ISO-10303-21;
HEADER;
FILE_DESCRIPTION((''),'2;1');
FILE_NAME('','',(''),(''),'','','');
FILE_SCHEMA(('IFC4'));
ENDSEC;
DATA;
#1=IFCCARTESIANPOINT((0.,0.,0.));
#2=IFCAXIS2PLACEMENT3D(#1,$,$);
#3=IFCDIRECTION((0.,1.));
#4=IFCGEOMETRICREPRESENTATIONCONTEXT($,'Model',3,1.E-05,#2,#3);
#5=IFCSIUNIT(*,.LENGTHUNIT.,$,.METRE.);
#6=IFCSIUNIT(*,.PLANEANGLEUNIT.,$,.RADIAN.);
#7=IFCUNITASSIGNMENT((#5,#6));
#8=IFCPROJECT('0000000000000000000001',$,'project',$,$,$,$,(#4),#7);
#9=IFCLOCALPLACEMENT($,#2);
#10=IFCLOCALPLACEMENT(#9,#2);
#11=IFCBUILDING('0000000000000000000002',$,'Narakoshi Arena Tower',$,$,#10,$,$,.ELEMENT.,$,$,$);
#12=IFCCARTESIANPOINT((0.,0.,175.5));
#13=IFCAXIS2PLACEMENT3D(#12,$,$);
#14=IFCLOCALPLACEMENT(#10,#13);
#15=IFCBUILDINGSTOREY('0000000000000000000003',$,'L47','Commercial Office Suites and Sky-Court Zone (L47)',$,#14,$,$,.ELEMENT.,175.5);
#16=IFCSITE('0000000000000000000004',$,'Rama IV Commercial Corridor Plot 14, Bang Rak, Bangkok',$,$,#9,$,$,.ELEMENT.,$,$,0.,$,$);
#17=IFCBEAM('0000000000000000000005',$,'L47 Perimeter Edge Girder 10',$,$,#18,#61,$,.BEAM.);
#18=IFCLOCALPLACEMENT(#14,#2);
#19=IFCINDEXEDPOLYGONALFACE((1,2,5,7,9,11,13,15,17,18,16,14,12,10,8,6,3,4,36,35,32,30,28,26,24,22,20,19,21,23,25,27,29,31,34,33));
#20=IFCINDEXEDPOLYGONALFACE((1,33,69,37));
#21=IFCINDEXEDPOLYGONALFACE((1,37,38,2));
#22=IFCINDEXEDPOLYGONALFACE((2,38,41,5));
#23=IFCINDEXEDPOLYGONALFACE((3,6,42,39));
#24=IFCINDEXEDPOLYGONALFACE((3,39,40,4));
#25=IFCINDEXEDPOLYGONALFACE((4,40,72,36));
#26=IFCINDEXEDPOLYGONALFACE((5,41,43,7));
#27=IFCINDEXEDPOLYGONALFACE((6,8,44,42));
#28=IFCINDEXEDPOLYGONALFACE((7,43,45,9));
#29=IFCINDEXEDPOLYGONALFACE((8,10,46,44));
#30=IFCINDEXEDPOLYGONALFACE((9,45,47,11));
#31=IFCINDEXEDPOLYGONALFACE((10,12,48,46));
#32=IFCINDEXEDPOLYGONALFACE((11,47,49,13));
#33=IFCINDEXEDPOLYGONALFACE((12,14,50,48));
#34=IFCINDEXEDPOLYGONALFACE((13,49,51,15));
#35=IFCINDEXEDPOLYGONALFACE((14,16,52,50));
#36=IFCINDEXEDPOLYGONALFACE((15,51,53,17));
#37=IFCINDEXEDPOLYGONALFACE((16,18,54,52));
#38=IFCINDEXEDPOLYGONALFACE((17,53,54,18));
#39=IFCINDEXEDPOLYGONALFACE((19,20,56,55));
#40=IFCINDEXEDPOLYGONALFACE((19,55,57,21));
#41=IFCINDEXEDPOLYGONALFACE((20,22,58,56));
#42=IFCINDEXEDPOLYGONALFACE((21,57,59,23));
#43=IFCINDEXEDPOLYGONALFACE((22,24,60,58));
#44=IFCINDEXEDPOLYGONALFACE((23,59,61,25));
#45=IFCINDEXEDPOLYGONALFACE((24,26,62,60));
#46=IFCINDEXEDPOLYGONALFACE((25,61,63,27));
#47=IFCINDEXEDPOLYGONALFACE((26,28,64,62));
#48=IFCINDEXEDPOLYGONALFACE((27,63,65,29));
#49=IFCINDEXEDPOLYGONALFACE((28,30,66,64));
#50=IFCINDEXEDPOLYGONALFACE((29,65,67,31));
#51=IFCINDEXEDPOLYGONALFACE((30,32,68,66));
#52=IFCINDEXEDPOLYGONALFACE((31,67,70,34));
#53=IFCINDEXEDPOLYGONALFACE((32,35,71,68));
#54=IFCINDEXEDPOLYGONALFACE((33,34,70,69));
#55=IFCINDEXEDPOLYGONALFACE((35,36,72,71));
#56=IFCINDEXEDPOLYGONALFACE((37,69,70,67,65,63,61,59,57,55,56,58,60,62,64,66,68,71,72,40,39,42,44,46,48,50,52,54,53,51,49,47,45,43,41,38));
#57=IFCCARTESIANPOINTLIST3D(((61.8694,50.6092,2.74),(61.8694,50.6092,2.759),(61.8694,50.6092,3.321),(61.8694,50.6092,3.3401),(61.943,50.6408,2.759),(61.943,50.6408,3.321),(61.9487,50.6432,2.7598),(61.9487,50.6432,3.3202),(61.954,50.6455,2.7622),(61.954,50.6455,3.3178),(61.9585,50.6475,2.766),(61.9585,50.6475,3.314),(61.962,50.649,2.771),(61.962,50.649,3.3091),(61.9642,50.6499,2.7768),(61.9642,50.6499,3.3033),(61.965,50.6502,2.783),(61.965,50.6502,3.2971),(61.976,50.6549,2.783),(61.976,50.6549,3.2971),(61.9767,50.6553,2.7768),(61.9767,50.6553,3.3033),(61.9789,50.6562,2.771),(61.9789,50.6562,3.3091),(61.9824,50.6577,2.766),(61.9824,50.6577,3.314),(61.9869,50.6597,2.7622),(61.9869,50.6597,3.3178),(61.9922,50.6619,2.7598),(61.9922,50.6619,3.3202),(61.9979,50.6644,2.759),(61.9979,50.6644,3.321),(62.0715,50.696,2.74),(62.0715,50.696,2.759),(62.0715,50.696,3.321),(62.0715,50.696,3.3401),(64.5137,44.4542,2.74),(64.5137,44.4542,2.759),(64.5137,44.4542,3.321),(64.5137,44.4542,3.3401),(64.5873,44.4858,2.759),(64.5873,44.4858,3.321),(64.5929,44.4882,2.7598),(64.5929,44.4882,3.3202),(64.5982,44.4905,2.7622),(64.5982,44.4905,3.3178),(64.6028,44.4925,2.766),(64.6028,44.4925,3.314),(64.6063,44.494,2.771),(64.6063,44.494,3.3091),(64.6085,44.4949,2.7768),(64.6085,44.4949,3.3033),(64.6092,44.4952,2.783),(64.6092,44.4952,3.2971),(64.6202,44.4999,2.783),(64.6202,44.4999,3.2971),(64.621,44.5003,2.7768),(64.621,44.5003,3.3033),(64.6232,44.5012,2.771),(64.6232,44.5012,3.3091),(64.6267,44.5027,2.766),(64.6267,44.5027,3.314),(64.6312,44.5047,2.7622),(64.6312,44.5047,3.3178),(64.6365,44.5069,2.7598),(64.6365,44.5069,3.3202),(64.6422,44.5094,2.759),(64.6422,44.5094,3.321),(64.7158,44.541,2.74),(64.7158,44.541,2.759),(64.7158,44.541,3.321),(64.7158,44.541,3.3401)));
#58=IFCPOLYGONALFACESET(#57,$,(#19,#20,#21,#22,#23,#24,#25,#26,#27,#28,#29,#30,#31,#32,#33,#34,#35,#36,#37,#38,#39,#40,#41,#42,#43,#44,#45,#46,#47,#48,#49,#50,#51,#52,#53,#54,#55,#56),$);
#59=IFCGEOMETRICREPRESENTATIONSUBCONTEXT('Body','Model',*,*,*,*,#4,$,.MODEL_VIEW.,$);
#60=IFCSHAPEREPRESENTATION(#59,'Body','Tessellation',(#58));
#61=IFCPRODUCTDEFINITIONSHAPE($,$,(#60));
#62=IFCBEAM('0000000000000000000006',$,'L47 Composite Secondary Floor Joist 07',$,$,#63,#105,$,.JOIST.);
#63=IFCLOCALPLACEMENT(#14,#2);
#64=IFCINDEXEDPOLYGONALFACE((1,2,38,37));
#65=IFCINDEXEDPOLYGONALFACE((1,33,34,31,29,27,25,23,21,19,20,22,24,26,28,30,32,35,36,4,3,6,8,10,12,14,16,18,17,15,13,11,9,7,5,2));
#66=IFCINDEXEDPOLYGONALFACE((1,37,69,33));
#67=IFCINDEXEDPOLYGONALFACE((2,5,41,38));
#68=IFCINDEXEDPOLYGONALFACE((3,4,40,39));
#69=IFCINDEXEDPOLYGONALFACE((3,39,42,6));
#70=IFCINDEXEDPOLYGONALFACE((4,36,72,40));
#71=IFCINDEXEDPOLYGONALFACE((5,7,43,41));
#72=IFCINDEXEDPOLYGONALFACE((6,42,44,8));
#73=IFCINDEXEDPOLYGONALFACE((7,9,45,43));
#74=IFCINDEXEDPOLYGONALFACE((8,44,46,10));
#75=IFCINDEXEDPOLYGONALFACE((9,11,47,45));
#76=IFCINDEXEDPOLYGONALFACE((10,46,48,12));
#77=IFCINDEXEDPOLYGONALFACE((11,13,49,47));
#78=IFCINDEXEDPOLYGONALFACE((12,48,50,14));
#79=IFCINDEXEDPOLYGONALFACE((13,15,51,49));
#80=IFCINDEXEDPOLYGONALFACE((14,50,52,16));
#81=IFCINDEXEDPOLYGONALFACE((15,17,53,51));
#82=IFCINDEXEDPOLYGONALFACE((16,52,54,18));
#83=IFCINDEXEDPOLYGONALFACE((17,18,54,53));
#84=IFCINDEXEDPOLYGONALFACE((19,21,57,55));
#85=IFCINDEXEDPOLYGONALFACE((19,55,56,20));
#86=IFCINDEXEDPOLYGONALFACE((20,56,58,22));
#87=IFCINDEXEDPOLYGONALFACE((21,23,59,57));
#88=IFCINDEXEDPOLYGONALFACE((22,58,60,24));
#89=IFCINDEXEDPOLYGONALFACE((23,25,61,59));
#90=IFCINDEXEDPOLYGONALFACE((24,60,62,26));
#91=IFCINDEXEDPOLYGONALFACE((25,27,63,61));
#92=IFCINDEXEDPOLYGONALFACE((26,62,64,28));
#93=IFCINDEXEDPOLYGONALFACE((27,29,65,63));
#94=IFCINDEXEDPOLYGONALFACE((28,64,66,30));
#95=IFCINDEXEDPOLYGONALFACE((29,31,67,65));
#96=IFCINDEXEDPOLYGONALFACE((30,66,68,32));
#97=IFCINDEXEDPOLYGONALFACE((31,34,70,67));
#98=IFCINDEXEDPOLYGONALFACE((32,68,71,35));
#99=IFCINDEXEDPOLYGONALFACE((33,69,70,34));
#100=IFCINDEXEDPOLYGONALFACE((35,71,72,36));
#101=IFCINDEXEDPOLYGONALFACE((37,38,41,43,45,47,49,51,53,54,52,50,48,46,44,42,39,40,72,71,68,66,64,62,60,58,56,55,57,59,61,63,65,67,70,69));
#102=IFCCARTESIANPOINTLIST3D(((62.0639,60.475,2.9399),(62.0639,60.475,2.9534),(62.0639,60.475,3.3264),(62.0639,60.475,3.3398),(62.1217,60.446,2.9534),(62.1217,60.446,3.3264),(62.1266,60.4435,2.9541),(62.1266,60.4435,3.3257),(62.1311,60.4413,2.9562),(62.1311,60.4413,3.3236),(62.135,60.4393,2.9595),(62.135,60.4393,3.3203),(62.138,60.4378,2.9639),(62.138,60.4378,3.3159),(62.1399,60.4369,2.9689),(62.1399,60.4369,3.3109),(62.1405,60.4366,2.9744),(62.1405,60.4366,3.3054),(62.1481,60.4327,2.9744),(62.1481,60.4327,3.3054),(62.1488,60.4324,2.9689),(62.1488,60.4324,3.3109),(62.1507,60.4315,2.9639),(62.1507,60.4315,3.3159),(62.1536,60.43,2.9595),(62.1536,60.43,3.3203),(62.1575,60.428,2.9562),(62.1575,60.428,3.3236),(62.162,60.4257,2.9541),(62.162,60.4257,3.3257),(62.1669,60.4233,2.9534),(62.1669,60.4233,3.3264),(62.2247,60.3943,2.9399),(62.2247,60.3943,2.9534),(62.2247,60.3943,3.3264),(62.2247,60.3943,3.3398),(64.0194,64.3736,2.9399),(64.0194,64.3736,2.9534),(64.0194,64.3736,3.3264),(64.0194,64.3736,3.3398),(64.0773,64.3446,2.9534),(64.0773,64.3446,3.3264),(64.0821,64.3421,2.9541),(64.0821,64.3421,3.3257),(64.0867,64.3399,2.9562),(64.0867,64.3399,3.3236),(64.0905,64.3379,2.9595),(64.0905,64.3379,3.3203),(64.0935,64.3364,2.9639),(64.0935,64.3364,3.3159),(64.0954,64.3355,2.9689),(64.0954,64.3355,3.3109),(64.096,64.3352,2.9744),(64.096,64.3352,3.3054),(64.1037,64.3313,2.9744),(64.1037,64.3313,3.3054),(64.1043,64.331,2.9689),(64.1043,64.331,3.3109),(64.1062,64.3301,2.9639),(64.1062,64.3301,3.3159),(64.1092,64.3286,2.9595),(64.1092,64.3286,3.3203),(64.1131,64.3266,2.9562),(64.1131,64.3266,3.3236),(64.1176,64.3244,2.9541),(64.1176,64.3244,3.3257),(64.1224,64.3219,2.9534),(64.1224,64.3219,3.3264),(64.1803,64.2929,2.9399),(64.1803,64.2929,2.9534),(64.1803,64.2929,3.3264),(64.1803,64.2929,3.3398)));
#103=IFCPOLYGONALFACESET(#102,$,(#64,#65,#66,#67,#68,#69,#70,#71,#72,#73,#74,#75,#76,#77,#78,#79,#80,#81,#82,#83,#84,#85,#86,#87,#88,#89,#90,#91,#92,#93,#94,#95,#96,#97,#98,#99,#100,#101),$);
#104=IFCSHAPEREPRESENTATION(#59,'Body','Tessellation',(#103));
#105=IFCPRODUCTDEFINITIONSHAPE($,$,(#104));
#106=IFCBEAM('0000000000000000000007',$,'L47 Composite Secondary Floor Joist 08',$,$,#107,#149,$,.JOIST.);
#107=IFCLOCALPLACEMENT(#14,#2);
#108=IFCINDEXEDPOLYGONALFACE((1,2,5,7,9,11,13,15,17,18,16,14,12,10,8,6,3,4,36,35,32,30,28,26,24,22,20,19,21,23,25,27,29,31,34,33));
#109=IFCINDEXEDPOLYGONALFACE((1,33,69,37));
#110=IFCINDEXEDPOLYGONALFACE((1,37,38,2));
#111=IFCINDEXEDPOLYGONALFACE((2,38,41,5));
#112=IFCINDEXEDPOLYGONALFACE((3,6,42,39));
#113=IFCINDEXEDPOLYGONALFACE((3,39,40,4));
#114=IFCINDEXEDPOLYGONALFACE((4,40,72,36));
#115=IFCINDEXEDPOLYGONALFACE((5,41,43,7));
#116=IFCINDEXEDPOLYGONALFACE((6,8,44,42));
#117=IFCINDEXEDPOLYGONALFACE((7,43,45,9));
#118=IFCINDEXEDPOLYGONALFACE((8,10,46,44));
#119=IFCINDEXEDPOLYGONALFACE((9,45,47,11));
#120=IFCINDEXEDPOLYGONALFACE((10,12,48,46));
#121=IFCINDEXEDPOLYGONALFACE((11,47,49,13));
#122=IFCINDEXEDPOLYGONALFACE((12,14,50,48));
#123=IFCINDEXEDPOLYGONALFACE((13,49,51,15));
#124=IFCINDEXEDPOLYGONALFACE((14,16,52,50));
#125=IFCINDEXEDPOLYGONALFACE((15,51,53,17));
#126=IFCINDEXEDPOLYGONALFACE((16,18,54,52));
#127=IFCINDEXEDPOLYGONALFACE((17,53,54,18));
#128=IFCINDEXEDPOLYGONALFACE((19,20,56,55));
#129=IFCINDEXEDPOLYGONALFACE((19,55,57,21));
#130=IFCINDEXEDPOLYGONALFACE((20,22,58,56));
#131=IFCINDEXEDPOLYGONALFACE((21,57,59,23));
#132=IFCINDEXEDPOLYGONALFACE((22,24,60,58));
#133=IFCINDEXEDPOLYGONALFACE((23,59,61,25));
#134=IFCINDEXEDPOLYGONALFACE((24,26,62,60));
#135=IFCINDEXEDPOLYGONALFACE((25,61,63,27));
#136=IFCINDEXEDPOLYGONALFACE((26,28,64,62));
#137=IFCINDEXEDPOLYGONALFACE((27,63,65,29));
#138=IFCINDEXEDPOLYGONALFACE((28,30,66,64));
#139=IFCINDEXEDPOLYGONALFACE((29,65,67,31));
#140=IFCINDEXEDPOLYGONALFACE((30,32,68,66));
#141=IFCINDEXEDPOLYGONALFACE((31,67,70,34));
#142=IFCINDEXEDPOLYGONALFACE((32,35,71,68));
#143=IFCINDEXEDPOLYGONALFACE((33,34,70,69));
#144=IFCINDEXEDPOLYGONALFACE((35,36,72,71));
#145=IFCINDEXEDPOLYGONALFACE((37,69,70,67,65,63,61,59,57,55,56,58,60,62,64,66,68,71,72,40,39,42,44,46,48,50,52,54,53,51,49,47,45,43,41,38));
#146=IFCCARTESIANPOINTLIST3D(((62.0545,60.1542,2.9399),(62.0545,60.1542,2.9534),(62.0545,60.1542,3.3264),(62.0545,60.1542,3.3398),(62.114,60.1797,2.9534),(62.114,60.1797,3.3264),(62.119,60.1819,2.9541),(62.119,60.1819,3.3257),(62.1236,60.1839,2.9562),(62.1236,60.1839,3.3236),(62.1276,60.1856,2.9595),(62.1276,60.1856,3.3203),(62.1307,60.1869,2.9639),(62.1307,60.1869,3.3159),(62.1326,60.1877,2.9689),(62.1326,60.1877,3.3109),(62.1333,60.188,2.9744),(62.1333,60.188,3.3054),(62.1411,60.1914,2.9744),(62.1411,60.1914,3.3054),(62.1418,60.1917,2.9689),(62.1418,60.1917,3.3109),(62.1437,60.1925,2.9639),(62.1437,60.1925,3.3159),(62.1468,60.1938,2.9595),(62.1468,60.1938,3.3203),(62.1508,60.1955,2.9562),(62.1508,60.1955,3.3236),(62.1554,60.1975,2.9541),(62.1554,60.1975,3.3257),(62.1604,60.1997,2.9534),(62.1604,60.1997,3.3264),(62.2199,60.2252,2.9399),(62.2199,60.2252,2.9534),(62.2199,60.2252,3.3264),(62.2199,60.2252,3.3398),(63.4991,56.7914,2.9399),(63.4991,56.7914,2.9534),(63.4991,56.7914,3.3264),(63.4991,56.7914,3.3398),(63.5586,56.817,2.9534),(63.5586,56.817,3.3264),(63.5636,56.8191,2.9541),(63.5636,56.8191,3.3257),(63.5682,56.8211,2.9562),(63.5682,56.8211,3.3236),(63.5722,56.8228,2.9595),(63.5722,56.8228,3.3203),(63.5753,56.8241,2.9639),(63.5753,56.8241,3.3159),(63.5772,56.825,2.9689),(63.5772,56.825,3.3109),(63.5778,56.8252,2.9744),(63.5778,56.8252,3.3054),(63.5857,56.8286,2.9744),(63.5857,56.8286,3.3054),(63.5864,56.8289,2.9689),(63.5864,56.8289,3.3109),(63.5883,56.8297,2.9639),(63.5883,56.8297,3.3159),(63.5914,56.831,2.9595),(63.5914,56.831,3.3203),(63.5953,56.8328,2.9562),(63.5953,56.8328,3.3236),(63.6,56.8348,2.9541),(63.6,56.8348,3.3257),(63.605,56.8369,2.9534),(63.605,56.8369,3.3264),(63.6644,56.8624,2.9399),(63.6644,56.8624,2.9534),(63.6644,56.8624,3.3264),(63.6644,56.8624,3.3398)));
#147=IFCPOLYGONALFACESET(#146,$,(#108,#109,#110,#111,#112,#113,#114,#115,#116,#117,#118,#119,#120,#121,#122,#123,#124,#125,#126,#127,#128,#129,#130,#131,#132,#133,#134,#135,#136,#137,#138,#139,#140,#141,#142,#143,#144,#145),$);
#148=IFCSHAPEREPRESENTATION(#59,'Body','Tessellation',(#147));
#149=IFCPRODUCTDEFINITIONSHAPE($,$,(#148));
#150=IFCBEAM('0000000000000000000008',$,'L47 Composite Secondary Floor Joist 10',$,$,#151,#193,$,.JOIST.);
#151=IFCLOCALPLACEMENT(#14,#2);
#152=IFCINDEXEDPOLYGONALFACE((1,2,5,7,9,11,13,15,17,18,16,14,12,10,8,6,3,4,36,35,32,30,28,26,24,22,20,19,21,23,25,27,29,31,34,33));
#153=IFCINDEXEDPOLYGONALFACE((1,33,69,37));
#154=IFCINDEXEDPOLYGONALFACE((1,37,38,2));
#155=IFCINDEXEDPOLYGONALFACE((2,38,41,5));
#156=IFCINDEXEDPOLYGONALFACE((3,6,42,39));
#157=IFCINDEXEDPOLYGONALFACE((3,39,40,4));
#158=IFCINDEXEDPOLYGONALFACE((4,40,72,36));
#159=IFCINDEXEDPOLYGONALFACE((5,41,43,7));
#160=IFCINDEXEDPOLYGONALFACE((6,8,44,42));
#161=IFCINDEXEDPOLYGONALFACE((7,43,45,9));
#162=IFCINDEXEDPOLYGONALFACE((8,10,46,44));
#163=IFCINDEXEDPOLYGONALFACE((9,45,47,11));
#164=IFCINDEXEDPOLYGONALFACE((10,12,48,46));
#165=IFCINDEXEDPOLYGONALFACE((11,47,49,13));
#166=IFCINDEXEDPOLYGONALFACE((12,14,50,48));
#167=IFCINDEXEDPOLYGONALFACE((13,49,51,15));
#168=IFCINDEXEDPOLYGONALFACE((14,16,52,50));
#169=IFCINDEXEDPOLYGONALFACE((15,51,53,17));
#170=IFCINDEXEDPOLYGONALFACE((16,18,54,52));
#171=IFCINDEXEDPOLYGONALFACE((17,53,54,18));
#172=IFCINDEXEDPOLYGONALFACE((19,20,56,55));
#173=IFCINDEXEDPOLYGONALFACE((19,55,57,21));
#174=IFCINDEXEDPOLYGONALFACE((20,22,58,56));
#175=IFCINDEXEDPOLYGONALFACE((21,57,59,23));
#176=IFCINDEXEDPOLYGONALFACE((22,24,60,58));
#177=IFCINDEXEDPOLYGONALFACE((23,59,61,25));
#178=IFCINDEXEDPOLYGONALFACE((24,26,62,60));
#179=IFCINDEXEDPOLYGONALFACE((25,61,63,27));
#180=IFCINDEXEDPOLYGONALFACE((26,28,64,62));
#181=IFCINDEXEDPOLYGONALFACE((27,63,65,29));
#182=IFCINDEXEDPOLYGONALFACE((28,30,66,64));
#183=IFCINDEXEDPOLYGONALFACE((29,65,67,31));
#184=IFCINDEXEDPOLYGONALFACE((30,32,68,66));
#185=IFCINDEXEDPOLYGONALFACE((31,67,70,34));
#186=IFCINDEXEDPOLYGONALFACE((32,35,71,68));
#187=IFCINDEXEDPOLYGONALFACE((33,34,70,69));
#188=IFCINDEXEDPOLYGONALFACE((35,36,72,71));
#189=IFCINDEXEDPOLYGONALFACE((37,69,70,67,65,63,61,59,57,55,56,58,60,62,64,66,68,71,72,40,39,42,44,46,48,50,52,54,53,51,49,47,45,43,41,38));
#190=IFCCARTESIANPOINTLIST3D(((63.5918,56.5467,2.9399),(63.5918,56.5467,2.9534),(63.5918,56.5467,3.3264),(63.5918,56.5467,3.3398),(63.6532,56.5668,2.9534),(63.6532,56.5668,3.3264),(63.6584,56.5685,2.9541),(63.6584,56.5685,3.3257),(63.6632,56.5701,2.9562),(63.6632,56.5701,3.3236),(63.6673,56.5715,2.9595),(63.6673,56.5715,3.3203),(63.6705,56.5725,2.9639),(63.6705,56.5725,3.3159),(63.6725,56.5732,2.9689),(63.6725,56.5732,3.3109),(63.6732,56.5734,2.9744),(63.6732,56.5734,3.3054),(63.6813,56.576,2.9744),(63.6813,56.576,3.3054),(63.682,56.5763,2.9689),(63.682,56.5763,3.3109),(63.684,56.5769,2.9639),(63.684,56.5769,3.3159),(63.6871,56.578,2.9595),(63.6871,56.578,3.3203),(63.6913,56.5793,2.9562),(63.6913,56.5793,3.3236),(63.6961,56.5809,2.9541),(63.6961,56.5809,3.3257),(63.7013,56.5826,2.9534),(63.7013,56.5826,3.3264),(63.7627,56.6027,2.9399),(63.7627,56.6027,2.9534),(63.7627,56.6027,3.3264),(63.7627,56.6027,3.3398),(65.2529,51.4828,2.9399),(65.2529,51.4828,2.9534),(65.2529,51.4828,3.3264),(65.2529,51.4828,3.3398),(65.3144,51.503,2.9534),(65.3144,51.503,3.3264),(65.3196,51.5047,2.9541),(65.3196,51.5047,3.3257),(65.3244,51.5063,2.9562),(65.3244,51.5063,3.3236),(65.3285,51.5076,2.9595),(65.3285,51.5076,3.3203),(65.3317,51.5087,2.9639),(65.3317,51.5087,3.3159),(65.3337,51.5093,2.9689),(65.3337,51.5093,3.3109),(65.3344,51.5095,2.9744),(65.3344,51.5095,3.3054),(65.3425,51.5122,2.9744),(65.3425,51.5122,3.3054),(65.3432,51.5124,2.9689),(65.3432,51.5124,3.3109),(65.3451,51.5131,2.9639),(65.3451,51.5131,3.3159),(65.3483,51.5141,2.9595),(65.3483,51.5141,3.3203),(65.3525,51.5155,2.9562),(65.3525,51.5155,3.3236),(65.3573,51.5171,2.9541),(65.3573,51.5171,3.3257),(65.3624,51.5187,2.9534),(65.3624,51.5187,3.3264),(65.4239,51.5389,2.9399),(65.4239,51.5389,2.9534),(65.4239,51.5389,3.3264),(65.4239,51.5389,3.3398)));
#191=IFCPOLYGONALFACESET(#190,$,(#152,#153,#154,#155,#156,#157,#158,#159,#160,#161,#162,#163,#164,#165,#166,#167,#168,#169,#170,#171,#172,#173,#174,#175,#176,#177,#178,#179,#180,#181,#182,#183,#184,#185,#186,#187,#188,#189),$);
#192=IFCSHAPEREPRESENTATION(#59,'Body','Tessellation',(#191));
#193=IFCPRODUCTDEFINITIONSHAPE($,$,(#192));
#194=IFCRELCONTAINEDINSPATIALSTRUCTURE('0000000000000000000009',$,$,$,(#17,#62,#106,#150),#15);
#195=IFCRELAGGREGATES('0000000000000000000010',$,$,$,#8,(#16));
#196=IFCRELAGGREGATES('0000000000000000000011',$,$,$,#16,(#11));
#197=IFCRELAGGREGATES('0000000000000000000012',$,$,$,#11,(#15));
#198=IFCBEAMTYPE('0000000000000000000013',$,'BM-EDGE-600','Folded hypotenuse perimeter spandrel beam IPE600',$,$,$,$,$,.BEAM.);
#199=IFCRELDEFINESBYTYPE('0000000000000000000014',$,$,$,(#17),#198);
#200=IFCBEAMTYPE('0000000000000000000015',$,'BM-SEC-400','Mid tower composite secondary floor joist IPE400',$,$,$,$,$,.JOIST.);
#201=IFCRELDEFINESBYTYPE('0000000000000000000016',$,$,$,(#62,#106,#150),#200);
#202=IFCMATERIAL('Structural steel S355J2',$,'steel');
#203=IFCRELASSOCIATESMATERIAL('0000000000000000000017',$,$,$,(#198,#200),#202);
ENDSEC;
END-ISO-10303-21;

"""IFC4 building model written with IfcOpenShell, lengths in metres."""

from ifc_helpers import new_model, si_unit, direction, frame, origin, origin_2d, place, context, subcontext, project, spatial, i_section, extrude, material, material_profile, profile_set, type_object, element, save


model = new_model("IFC4")

# Units and contexts
model_context = context("Model", 3, precision=1e-05, world=origin(), true_north=direction((0.0, 1.0)))
body_context = subcontext(model_context, "Body", "Model", "MODEL_VIEW")
ifc_project = project(units=[si_unit("LENGTHUNIT", "METRE"), si_unit("PLANEANGLEUNIT", "RADIAN")], contexts=[model_context])

# Site, building, storey
site_placement = place(None, origin())
site = spatial("IfcSite", under=ifc_project, at=site_placement, Name="Rama IV Commercial Corridor Plot 14, Bang Rak, Bangkok", CompositionType="ELEMENT", RefElevation=0.0)
building_placement = place(site_placement, origin())
building = spatial("IfcBuilding", under=site, at=building_placement, Name="Narakoshi Arena Tower", CompositionType="ELEMENT")
storey_placement = place(building_placement, frame((0.0, 0.0, 175.5)))
storey = spatial("IfcBuildingStorey", under=building, at=storey_placement, Name="L47", Description="Commercial Office Suites and Sky-Court Zone (L47)", CompositionType="ELEMENT", Elevation=175.5)

# Beams
ifc_material_1 = material(Name="Structural steel S355J2", Category="steel")
ifc_material_profile_1 = material_profile(ifc_material_1, i_section(OverallWidth=0.22, OverallDepth=0.6001, WebThickness=0.012, FlangeThickness=0.019, FilletRadius=0.0239, at=origin_2d()), Name="IPE600")
ifc_profile_set_1 = profile_set([ifc_material_profile_1], Name="Structural steel S355J2")
beam_type_1 = type_object("IfcBeamType", Name="BM-EDGE-600", Description="Folded hypotenuse perimeter spandrel beam IPE600", PredefinedType="BEAM", material=ifc_profile_set_1)
beam_1_placement = place(storey_placement, frame((61.9705, 50.6526, 3.04), z_axis=(0.394728, -0.918798, 0.0), x_axis=(0.918798, 0.394728, 0.0)))
element("IfcBeam", 1, at=beam_1_placement, inside=storey, type_object=beam_type_1, Name="L47 Perimeter Edge Girder 10", PredefinedType="BEAM", context=body_context, shape_type="SweptSolid", body=[
    extrude(i_section(OverallWidth=0.22, OverallDepth=0.6001, WebThickness=0.012, FlangeThickness=0.019, FilletRadius=0.0239, at=origin_2d()), origin(), (0.0, 0.0, 1.0), 6.699),
])
ifc_material_profile_2 = material_profile(ifc_material_1, i_section(OverallWidth=0.1799, OverallDepth=0.3999, WebThickness=0.0085, FlangeThickness=0.0134, FilletRadius=0.021, at=origin_2d()), Name="IPE400")
ifc_profile_set_2 = profile_set([ifc_material_profile_2], Name="Structural steel S355J2")
beam_type_2 = type_object("IfcBeamType", Name="BM-SEC-400", Description="Mid tower composite secondary floor joist IPE400", PredefinedType="JOIST", material=ifc_profile_set_2)
beam_2_placement = place(storey_placement, frame((64.0999, 64.3333, 3.1399), z_axis=(-0.448355, -0.893856, 0.0), x_axis=(0.893856, -0.448355, 0.0)))
element("IfcBeam", 2, at=beam_2_placement, inside=storey, type_object=beam_type_2, Name="L47 Composite Secondary Floor Joist 07", PredefinedType="JOIST", context=body_context, shape_type="SweptSolid", body=[
    extrude(i_section(OverallWidth=0.1799, OverallDepth=0.3999, WebThickness=0.0085, FlangeThickness=0.0134, FilletRadius=0.021, at=origin_2d()), origin(), (0.0, 0.0, 1.0), 4.3616),
])
beam_3_placement = place(storey_placement, frame((62.1372, 60.1897, 3.1399), z_axis=(0.3947, -0.91881, 0.0), x_axis=(0.91881, 0.3947, 0.0)))
element("IfcBeam", 3, at=beam_3_placement, inside=storey, type_object=beam_type_2, Name="L47 Composite Secondary Floor Joist 08", PredefinedType="JOIST", context=body_context, shape_type="SweptSolid", body=[
    extrude(i_section(OverallWidth=0.1799, OverallDepth=0.3999, WebThickness=0.0085, FlangeThickness=0.0134, FilletRadius=0.021, at=origin_2d()), origin(), (0.0, 0.0, 1.0), 3.6599),
])
beam_4_placement = place(storey_placement, frame((63.6772, 56.5747, 3.1399), z_axis=(0.311703, -0.95018, 0.0), x_axis=(0.95018, 0.311703, 0.0)))
element("IfcBeam", 4, at=beam_4_placement, inside=storey, type_object=beam_type_2, Name="L47 Composite Secondary Floor Joist 10", PredefinedType="JOIST", context=body_context, shape_type="SweptSolid", body=[
    extrude(i_section(OverallWidth=0.1799, OverallDepth=0.3999, WebThickness=0.0085, FlangeThickness=0.0134, FilletRadius=0.021, at=origin_2d()), origin(), (0.0, 0.0, 1.0), 5.3293),
])

save(model, "model.ifc")
